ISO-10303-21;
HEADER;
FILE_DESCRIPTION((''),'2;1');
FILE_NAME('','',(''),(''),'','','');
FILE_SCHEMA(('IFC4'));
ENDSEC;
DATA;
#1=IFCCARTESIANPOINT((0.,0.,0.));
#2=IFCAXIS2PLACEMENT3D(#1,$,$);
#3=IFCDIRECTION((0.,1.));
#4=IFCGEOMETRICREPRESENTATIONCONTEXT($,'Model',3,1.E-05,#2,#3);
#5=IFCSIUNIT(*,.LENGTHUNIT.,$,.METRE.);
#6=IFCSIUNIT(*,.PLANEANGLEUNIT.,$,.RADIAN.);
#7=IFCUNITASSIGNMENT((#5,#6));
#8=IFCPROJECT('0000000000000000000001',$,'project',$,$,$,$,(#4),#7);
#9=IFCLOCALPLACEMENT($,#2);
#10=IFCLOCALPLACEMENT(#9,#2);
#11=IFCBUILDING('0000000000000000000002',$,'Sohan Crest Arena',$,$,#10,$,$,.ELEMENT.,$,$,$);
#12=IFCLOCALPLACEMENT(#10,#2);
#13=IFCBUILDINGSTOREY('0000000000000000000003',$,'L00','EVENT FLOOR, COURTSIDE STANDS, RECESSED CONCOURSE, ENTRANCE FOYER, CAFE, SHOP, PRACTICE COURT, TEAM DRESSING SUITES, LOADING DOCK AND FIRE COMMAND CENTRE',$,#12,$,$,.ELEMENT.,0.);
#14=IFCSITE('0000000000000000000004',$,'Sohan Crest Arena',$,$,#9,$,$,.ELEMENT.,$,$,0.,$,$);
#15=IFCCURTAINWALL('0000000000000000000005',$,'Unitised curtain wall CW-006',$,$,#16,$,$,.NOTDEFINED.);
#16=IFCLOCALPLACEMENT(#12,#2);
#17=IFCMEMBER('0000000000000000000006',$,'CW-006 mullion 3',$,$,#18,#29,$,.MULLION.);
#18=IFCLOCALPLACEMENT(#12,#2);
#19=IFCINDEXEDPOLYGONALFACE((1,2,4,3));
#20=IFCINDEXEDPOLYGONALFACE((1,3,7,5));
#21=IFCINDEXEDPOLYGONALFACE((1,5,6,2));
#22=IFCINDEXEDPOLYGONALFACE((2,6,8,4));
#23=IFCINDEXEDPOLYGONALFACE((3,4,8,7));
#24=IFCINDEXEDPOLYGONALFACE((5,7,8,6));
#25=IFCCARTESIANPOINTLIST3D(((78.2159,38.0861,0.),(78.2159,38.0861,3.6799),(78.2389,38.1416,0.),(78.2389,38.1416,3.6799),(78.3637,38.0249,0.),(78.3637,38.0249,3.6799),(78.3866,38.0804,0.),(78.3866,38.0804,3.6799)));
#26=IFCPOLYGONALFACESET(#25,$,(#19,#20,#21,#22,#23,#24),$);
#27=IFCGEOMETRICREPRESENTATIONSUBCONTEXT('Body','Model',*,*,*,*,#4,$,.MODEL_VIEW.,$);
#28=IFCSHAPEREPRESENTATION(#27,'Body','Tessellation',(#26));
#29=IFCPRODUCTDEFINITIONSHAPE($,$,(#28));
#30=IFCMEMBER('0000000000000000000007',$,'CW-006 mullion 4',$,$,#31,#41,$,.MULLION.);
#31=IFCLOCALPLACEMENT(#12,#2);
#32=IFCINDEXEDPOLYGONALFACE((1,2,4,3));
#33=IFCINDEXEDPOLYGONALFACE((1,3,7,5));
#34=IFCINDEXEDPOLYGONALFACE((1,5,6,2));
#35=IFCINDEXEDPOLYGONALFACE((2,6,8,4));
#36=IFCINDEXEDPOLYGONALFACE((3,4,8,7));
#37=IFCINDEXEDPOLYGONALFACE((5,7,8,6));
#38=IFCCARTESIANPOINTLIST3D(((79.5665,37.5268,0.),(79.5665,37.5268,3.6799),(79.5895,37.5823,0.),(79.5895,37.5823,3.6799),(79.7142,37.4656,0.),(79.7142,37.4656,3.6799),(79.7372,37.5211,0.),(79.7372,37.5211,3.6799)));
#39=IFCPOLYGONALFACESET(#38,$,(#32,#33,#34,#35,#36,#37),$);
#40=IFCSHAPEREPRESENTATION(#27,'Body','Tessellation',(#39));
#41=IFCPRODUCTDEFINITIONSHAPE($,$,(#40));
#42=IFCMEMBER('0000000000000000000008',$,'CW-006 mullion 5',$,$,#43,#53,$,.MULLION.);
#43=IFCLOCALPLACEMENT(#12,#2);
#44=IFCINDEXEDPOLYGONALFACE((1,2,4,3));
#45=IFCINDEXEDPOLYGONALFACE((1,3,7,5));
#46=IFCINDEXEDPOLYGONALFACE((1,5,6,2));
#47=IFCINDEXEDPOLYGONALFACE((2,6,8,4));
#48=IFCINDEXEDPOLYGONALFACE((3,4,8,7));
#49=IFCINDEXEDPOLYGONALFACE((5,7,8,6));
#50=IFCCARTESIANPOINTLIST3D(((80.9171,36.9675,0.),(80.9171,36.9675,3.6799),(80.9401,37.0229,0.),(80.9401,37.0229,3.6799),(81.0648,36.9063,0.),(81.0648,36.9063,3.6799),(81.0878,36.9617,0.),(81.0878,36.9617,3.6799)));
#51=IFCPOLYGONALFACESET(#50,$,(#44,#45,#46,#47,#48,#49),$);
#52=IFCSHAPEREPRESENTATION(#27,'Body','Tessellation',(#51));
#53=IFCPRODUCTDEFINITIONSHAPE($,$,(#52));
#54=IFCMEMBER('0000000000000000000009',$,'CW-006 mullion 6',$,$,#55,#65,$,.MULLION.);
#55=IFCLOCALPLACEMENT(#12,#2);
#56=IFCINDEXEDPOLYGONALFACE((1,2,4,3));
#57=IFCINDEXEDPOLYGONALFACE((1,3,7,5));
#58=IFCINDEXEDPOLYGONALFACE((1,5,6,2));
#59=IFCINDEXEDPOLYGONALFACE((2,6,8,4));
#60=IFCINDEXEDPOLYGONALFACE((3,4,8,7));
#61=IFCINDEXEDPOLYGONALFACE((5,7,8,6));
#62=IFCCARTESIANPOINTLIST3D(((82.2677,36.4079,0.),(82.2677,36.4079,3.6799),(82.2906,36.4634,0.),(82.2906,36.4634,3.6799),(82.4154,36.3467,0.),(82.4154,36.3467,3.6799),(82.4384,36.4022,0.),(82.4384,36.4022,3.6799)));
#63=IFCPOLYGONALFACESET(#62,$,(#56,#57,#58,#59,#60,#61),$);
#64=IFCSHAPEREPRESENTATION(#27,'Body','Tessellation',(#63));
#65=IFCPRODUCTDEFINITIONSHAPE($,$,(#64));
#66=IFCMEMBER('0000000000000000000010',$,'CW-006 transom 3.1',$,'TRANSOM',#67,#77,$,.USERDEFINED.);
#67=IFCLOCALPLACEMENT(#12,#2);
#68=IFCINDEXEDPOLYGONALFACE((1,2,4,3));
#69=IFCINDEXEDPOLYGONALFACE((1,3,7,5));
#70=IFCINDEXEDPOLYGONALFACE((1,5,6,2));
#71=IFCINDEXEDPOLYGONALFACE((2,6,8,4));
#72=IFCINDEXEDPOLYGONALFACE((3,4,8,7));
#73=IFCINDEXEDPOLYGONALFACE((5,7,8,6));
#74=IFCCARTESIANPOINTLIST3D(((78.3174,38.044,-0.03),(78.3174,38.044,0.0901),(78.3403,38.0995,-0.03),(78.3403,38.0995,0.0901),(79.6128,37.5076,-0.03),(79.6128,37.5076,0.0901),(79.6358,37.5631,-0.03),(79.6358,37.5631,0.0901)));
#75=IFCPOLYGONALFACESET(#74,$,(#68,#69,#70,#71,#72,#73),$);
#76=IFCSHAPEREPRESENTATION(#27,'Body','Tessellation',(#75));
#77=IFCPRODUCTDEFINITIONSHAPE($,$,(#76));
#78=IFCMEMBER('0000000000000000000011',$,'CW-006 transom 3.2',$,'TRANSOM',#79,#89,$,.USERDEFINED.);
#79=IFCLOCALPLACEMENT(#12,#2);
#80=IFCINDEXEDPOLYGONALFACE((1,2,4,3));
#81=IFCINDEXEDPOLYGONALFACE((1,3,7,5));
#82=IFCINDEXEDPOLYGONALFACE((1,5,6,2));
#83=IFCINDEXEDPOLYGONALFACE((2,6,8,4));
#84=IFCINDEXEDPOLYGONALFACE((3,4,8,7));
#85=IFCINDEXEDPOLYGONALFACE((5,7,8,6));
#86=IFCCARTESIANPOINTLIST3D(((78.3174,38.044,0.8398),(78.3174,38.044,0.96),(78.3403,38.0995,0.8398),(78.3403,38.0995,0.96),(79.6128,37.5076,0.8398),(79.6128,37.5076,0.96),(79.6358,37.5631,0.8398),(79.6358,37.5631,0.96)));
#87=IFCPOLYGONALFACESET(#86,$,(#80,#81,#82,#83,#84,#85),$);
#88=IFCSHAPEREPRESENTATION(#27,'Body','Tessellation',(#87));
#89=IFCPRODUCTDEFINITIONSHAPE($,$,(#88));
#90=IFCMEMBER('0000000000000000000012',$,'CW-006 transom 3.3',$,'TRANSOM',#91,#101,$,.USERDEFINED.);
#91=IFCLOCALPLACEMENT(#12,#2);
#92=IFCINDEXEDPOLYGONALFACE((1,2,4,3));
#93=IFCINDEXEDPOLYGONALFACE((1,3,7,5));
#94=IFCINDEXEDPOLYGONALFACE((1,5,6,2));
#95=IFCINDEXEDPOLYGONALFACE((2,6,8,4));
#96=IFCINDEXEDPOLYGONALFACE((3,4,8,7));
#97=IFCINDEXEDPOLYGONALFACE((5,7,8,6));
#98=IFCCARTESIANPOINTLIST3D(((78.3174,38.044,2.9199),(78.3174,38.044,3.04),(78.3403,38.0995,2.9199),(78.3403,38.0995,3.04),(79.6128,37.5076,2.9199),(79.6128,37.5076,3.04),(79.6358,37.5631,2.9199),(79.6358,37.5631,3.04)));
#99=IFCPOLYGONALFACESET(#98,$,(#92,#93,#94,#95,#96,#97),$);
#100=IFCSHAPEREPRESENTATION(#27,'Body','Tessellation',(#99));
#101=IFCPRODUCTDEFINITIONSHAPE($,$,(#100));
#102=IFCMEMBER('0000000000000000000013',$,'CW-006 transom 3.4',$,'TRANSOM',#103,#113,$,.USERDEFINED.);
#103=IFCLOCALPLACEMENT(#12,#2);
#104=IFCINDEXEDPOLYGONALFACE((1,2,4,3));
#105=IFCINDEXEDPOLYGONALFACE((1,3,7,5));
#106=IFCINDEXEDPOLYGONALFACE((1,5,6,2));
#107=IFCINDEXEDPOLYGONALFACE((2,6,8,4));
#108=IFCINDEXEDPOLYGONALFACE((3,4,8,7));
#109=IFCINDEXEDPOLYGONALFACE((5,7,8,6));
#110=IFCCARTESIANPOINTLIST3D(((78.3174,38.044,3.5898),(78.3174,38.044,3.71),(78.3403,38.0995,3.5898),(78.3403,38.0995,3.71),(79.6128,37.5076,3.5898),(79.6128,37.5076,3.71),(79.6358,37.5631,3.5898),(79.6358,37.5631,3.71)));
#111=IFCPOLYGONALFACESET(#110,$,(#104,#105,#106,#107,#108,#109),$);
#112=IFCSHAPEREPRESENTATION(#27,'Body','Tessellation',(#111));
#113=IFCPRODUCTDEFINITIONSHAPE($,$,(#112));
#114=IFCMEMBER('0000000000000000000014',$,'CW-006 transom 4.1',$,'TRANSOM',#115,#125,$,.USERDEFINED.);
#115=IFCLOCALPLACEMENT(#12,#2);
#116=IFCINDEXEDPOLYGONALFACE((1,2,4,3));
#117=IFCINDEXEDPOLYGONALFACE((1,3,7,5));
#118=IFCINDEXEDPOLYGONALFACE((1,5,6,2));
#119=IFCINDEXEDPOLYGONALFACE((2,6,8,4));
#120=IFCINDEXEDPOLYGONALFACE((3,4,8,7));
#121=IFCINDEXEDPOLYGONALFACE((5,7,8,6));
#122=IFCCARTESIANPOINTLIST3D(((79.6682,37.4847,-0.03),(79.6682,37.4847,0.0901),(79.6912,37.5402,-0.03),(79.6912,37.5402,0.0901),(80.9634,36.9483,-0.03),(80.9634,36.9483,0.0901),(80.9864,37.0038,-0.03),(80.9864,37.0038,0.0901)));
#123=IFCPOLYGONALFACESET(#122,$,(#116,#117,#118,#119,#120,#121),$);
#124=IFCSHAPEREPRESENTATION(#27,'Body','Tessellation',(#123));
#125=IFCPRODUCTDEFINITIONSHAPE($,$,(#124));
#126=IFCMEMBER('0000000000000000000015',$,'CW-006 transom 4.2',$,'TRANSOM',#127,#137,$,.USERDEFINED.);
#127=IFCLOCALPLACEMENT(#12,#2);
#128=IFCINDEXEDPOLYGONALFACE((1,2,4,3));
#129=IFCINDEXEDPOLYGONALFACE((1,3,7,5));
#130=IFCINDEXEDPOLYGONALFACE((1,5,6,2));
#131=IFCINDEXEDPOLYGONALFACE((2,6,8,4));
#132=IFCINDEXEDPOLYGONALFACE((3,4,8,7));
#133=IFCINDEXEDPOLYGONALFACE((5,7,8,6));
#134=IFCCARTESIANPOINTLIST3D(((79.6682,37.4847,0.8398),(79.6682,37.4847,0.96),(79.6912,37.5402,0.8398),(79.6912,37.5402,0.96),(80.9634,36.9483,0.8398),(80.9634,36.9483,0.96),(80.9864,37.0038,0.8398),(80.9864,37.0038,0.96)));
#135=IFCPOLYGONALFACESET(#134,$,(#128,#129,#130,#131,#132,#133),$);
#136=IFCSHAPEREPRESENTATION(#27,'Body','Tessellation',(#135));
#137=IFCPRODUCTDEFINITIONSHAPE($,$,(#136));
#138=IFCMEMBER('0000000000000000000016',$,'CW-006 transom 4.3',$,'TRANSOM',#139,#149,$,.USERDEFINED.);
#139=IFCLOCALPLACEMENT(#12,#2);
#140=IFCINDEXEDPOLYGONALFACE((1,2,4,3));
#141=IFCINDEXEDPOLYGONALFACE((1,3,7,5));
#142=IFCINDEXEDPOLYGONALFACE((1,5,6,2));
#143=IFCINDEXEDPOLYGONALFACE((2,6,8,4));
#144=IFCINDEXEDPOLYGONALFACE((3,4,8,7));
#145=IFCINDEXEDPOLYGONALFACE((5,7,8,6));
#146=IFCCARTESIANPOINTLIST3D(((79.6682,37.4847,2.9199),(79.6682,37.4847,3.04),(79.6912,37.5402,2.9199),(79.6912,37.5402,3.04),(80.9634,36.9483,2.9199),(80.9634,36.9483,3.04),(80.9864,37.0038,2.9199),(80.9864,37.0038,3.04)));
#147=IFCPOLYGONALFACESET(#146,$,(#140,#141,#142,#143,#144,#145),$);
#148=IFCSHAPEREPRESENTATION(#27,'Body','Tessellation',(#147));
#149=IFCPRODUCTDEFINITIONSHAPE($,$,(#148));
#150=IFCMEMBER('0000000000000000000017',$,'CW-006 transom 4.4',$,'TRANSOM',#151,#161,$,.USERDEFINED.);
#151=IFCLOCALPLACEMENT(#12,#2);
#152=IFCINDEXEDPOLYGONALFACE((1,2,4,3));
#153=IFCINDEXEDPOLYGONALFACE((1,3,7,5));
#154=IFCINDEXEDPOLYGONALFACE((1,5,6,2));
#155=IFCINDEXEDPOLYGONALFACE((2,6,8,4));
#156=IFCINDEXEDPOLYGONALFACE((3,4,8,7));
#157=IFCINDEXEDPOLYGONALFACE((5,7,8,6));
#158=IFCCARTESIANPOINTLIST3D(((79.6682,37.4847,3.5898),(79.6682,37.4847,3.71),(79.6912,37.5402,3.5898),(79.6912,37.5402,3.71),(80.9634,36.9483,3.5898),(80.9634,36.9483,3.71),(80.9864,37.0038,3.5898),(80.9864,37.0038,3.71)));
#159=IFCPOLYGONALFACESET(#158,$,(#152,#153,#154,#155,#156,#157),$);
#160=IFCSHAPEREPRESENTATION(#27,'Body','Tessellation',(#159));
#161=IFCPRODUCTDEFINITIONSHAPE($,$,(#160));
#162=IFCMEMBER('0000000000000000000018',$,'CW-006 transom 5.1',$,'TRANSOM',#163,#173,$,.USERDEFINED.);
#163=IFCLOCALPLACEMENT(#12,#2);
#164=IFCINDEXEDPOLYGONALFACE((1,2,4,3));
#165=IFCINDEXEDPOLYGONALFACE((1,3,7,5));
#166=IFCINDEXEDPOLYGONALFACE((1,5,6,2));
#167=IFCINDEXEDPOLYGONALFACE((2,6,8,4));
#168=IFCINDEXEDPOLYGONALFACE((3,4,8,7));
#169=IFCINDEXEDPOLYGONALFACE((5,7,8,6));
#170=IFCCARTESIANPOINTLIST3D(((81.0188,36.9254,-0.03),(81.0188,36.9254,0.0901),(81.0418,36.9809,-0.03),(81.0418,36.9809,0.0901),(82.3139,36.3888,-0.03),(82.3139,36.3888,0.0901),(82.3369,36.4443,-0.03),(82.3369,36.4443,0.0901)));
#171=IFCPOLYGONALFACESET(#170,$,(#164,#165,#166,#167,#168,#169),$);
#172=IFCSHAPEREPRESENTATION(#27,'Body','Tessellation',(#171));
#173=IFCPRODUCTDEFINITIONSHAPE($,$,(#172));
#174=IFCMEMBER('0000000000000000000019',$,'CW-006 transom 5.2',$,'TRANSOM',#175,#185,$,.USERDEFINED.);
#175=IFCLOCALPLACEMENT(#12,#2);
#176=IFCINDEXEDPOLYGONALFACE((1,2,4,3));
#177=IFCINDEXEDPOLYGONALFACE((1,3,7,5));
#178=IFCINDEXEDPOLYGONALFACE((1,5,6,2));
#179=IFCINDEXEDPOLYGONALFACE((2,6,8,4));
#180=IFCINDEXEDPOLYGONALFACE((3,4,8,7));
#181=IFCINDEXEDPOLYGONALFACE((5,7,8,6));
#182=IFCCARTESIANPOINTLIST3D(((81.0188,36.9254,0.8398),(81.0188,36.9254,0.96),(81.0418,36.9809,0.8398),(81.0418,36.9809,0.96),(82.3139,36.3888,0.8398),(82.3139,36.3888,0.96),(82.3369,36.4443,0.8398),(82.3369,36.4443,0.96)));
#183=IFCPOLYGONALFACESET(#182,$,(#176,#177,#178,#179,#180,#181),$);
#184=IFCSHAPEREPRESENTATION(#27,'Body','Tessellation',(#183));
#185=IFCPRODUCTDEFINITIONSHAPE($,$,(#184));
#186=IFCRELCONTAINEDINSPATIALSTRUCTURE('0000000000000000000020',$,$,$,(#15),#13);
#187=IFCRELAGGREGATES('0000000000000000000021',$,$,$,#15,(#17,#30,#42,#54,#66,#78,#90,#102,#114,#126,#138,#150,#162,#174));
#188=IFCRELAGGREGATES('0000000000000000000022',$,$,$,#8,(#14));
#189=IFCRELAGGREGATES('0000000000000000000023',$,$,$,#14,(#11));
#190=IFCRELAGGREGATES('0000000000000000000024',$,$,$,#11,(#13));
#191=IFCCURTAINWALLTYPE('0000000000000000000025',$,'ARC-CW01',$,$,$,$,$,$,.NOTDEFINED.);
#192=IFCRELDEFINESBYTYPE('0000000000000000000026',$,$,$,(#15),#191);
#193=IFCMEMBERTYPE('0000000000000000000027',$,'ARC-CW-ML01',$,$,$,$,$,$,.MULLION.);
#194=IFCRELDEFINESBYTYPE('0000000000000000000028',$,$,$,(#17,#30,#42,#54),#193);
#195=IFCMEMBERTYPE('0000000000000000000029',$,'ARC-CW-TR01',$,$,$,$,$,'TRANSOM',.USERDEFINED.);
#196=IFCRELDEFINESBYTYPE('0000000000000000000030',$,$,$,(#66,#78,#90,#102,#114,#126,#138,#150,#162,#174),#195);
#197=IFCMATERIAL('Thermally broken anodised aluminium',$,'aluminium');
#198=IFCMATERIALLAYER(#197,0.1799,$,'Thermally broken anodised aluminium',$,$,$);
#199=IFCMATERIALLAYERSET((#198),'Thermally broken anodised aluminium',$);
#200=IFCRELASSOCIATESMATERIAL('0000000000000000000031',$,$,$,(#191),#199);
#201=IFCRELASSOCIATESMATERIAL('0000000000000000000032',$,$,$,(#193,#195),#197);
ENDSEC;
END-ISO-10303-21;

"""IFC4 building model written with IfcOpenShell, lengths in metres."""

from ifc_helpers import new_model, si_unit, direction, frame, origin, origin_2d, place, context, subcontext, project, spatial, rectangle, extrude, material, layer, layer_set, material_profile, profile_set, type_object, element, aggregate, save


model = new_model("IFC4")

# Units and contexts
model_context = context("Model", 3, precision=1e-05, world=origin(), true_north=direction((0.0, 1.0)))
body_context = subcontext(model_context, "Body", "Model", "MODEL_VIEW")
ifc_project = project(units=[si_unit("LENGTHUNIT", "METRE"), si_unit("PLANEANGLEUNIT", "RADIAN")], contexts=[model_context])

# Site, building, storey
site_placement = place(None, origin())
site = spatial("IfcSite", under=ifc_project, at=site_placement, Name="Sohan Crest Arena", CompositionType="ELEMENT", RefElevation=0.0)
building_placement = place(site_placement, origin())
building = spatial("IfcBuilding", under=site, at=building_placement, Name="Sohan Crest Arena", CompositionType="ELEMENT")
storey_placement = place(building_placement, origin())
storey = spatial("IfcBuildingStorey", under=building, at=storey_placement, Name="L00", Description="EVENT FLOOR, COURTSIDE STANDS, RECESSED CONCOURSE, ENTRANCE FOYER, CAFE, SHOP, PRACTICE COURT, TEAM DRESSING SUITES, LOADING DOCK AND FIRE COMMAND CENTRE", CompositionType="ELEMENT", Elevation=0.0)

# Curtain wall, members
ifc_material_1 = material(Name="Thermally broken anodised aluminium", Category="aluminium")
ifc_layer_1 = layer(ifc_material_1, 0.1799, Name="Thermally broken anodised aluminium")
ifc_layer_set_1 = layer_set([ifc_layer_1], Name="Thermally broken anodised aluminium")
curtain_wall_type = type_object("IfcCurtainWallType", Name="ARC-CW01", PredefinedType="NOTDEFINED", material=ifc_layer_set_1)
curtain_wall_placement = place(storey_placement, origin())
curtain_wall = element("IfcCurtainWall", 1, at=curtain_wall_placement, inside=storey, type_object=curtain_wall_type, Name="Unitised curtain wall CW-006", PredefinedType="NOTDEFINED")
ifc_material_profile_1 = material_profile(ifc_material_1, rectangle(XDim=0.0601, YDim=0.1599, at=origin_2d()), Name="ALU-MULL 60x160")
ifc_profile_set_1 = profile_set([ifc_material_profile_1], Name="Thermally broken anodised aluminium")
member_type_1 = type_object("IfcMemberType", Name="ARC-CW-ML01", PredefinedType="MULLION", material=ifc_profile_set_1)
member_1_placement = place(storey_placement, frame((78.3013, 38.0833, 0.0), z_axis=(0.0, 0.0, 1.0), x_axis=(0.382641, 0.923897, 0.0)))
member_1 = element("IfcMember", 2, at=member_1_placement, type_object=member_type_1, Name="CW-006 mullion 3", PredefinedType="MULLION", context=body_context, shape_type="SweptSolid", body=[
    extrude(rectangle(XDim=0.0601, YDim=0.1599, at=origin_2d()), origin(), (0.0, 0.0, 1.0), 3.6799),
])
member_2_placement = place(storey_placement, frame((79.6519, 37.5239, 0.0), z_axis=(0.0, 0.0, 1.0), x_axis=(0.382641, 0.923897, 0.0)))
member_2 = element("IfcMember", 3, at=member_2_placement, type_object=member_type_1, Name="CW-006 mullion 4", PredefinedType="MULLION", context=body_context, shape_type="SweptSolid", body=[
    extrude(rectangle(XDim=0.0601, YDim=0.1599, at=origin_2d()), origin(), (0.0, 0.0, 1.0), 3.6799),
])
member_3_placement = place(storey_placement, frame((81.0024, 36.9646, 0.0), z_axis=(0.0, 0.0, 1.0), x_axis=(0.382641, 0.923897, 0.0)))
member_3 = element("IfcMember", 4, at=member_3_placement, type_object=member_type_1, Name="CW-006 mullion 5", PredefinedType="MULLION", context=body_context, shape_type="SweptSolid", body=[
    extrude(rectangle(XDim=0.0601, YDim=0.1599, at=origin_2d()), origin(), (0.0, 0.0, 1.0), 3.6799),
])
member_4_placement = place(storey_placement, frame((82.353, 36.405, 0.0), z_axis=(0.0, 0.0, 1.0), x_axis=(0.382641, 0.923897, 0.0)))
member_4 = element("IfcMember", 5, at=member_4_placement, type_object=member_type_1, Name="CW-006 mullion 6", PredefinedType="MULLION", context=body_context, shape_type="SweptSolid", body=[
    extrude(rectangle(XDim=0.0601, YDim=0.1599, at=origin_2d()), origin(), (0.0, 0.0, 1.0), 3.6799),
])
ifc_material_profile_2 = material_profile(ifc_material_1, rectangle(XDim=0.0601, YDim=0.1201, at=origin_2d()), Name="ALU-TRAN 60x120")
ifc_profile_set_2 = profile_set([ifc_material_profile_2], Name="Thermally broken anodised aluminium")
member_type_2 = type_object("IfcMemberType", Name="ARC-CW-TR01", ElementType="TRANSOM", PredefinedType="USERDEFINED", material=ifc_profile_set_2)
member_5_placement = place(storey_placement, frame((78.3289, 38.0718, 0.03), z_axis=(0.92393, -0.382562, 0.0), x_axis=(0.382562, 0.92393, 0.0)))
member_5 = element("IfcMember", 6, at=member_5_placement, type_object=member_type_2, Name="CW-006 transom 3.1", ObjectType="TRANSOM", PredefinedType="USERDEFINED", context=body_context, shape_type="SweptSolid", body=[
    extrude(rectangle(XDim=0.0601, YDim=0.1201, at=origin_2d()), origin(), (0.0, 0.0, 1.0), 1.4021),
])
member_6_placement = place(storey_placement, frame((78.3289, 38.0718, 0.8999), z_axis=(0.92393, -0.382562, 0.0), x_axis=(0.382562, 0.92393, 0.0)))
member_6 = element("IfcMember", 7, at=member_6_placement, type_object=member_type_2, Name="CW-006 transom 3.2", ObjectType="TRANSOM", PredefinedType="USERDEFINED", context=body_context, shape_type="SweptSolid", body=[
    extrude(rectangle(XDim=0.0601, YDim=0.1201, at=origin_2d()), origin(), (0.0, 0.0, 1.0), 1.4021),
])
member_7_placement = place(storey_placement, frame((78.3289, 38.0718, 2.98), z_axis=(0.92393, -0.382562, 0.0), x_axis=(0.382562, 0.92393, 0.0)))
member_7 = element("IfcMember", 8, at=member_7_placement, type_object=member_type_2, Name="CW-006 transom 3.3", ObjectType="TRANSOM", PredefinedType="USERDEFINED", context=body_context, shape_type="SweptSolid", body=[
    extrude(rectangle(XDim=0.0601, YDim=0.1201, at=origin_2d()), origin(), (0.0, 0.0, 1.0), 1.4021),
])
member_8_placement = place(storey_placement, frame((78.3289, 38.0718, 3.6499), z_axis=(0.92393, -0.382562, 0.0), x_axis=(0.382562, 0.92393, 0.0)))
member_8 = element("IfcMember", 9, at=member_8_placement, type_object=member_type_2, Name="CW-006 transom 3.4", ObjectType="TRANSOM", PredefinedType="USERDEFINED", context=body_context, shape_type="SweptSolid", body=[
    extrude(rectangle(XDim=0.0601, YDim=0.1201, at=origin_2d()), origin(), (0.0, 0.0, 1.0), 1.4021),
])
member_9_placement = place(storey_placement, frame((79.6797, 37.5125, 0.03), z_axis=(0.923904, -0.382624, 0.0), x_axis=(0.382624, 0.923904, 0.0)))
member_9 = element("IfcMember", 10, at=member_9_placement, type_object=member_type_2, Name="CW-006 transom 4.1", ObjectType="TRANSOM", PredefinedType="USERDEFINED", context=body_context, shape_type="SweptSolid", body=[
    extrude(rectangle(XDim=0.0601, YDim=0.1201, at=origin_2d()), origin(), (0.0, 0.0, 1.0), 1.4019),
])
member_10_placement = place(storey_placement, frame((79.6797, 37.5125, 0.8999), z_axis=(0.923904, -0.382624, 0.0), x_axis=(0.382624, 0.923904, 0.0)))
member_10 = element("IfcMember", 11, at=member_10_placement, type_object=member_type_2, Name="CW-006 transom 4.2", ObjectType="TRANSOM", PredefinedType="USERDEFINED", context=body_context, shape_type="SweptSolid", body=[
    extrude(rectangle(XDim=0.0601, YDim=0.1201, at=origin_2d()), origin(), (0.0, 0.0, 1.0), 1.4019),
])
member_11_placement = place(storey_placement, frame((79.6797, 37.5125, 2.98), z_axis=(0.923904, -0.382624, 0.0), x_axis=(0.382624, 0.923904, 0.0)))
member_11 = element("IfcMember", 12, at=member_11_placement, type_object=member_type_2, Name="CW-006 transom 4.3", ObjectType="TRANSOM", PredefinedType="USERDEFINED", context=body_context, shape_type="SweptSolid", body=[
    extrude(rectangle(XDim=0.0601, YDim=0.1201, at=origin_2d()), origin(), (0.0, 0.0, 1.0), 1.4019),
])
member_12_placement = place(storey_placement, frame((79.6797, 37.5125, 3.6499), z_axis=(0.923904, -0.382624, 0.0), x_axis=(0.382624, 0.923904, 0.0)))
member_12 = element("IfcMember", 13, at=member_12_placement, type_object=member_type_2, Name="CW-006 transom 4.4", ObjectType="TRANSOM", PredefinedType="USERDEFINED", context=body_context, shape_type="SweptSolid", body=[
    extrude(rectangle(XDim=0.0601, YDim=0.1201, at=origin_2d()), origin(), (0.0, 0.0, 1.0), 1.4019),
])
member_13_placement = place(storey_placement, frame((81.0303, 36.9531, 0.03), z_axis=(0.923843, -0.382772, 0.0), x_axis=(0.382772, 0.923843, 0.0)))
member_13 = element("IfcMember", 14, at=member_13_placement, type_object=member_type_2, Name="CW-006 transom 5.1", ObjectType="TRANSOM", PredefinedType="USERDEFINED", context=body_context, shape_type="SweptSolid", body=[
    extrude(rectangle(XDim=0.0601, YDim=0.1201, at=origin_2d()), origin(), (0.0, 0.0, 1.0), 1.4019),
])
member_14_placement = place(storey_placement, frame((81.0303, 36.9531, 0.8999), z_axis=(0.923843, -0.382772, 0.0), x_axis=(0.382772, 0.923843, 0.0)))
member_14 = element("IfcMember", 15, at=member_14_placement, type_object=member_type_2, Name="CW-006 transom 5.2", ObjectType="TRANSOM", PredefinedType="USERDEFINED", context=body_context, shape_type="SweptSolid", body=[
    extrude(rectangle(XDim=0.0601, YDim=0.1201, at=origin_2d()), origin(), (0.0, 0.0, 1.0), 1.4019),
])
aggregate(curtain_wall, [member_1, member_2, member_3, member_4, member_5, member_6, member_7, member_8, member_9, member_10, member_11, member_12, member_13, member_14])

save(model, "model.ifc")
